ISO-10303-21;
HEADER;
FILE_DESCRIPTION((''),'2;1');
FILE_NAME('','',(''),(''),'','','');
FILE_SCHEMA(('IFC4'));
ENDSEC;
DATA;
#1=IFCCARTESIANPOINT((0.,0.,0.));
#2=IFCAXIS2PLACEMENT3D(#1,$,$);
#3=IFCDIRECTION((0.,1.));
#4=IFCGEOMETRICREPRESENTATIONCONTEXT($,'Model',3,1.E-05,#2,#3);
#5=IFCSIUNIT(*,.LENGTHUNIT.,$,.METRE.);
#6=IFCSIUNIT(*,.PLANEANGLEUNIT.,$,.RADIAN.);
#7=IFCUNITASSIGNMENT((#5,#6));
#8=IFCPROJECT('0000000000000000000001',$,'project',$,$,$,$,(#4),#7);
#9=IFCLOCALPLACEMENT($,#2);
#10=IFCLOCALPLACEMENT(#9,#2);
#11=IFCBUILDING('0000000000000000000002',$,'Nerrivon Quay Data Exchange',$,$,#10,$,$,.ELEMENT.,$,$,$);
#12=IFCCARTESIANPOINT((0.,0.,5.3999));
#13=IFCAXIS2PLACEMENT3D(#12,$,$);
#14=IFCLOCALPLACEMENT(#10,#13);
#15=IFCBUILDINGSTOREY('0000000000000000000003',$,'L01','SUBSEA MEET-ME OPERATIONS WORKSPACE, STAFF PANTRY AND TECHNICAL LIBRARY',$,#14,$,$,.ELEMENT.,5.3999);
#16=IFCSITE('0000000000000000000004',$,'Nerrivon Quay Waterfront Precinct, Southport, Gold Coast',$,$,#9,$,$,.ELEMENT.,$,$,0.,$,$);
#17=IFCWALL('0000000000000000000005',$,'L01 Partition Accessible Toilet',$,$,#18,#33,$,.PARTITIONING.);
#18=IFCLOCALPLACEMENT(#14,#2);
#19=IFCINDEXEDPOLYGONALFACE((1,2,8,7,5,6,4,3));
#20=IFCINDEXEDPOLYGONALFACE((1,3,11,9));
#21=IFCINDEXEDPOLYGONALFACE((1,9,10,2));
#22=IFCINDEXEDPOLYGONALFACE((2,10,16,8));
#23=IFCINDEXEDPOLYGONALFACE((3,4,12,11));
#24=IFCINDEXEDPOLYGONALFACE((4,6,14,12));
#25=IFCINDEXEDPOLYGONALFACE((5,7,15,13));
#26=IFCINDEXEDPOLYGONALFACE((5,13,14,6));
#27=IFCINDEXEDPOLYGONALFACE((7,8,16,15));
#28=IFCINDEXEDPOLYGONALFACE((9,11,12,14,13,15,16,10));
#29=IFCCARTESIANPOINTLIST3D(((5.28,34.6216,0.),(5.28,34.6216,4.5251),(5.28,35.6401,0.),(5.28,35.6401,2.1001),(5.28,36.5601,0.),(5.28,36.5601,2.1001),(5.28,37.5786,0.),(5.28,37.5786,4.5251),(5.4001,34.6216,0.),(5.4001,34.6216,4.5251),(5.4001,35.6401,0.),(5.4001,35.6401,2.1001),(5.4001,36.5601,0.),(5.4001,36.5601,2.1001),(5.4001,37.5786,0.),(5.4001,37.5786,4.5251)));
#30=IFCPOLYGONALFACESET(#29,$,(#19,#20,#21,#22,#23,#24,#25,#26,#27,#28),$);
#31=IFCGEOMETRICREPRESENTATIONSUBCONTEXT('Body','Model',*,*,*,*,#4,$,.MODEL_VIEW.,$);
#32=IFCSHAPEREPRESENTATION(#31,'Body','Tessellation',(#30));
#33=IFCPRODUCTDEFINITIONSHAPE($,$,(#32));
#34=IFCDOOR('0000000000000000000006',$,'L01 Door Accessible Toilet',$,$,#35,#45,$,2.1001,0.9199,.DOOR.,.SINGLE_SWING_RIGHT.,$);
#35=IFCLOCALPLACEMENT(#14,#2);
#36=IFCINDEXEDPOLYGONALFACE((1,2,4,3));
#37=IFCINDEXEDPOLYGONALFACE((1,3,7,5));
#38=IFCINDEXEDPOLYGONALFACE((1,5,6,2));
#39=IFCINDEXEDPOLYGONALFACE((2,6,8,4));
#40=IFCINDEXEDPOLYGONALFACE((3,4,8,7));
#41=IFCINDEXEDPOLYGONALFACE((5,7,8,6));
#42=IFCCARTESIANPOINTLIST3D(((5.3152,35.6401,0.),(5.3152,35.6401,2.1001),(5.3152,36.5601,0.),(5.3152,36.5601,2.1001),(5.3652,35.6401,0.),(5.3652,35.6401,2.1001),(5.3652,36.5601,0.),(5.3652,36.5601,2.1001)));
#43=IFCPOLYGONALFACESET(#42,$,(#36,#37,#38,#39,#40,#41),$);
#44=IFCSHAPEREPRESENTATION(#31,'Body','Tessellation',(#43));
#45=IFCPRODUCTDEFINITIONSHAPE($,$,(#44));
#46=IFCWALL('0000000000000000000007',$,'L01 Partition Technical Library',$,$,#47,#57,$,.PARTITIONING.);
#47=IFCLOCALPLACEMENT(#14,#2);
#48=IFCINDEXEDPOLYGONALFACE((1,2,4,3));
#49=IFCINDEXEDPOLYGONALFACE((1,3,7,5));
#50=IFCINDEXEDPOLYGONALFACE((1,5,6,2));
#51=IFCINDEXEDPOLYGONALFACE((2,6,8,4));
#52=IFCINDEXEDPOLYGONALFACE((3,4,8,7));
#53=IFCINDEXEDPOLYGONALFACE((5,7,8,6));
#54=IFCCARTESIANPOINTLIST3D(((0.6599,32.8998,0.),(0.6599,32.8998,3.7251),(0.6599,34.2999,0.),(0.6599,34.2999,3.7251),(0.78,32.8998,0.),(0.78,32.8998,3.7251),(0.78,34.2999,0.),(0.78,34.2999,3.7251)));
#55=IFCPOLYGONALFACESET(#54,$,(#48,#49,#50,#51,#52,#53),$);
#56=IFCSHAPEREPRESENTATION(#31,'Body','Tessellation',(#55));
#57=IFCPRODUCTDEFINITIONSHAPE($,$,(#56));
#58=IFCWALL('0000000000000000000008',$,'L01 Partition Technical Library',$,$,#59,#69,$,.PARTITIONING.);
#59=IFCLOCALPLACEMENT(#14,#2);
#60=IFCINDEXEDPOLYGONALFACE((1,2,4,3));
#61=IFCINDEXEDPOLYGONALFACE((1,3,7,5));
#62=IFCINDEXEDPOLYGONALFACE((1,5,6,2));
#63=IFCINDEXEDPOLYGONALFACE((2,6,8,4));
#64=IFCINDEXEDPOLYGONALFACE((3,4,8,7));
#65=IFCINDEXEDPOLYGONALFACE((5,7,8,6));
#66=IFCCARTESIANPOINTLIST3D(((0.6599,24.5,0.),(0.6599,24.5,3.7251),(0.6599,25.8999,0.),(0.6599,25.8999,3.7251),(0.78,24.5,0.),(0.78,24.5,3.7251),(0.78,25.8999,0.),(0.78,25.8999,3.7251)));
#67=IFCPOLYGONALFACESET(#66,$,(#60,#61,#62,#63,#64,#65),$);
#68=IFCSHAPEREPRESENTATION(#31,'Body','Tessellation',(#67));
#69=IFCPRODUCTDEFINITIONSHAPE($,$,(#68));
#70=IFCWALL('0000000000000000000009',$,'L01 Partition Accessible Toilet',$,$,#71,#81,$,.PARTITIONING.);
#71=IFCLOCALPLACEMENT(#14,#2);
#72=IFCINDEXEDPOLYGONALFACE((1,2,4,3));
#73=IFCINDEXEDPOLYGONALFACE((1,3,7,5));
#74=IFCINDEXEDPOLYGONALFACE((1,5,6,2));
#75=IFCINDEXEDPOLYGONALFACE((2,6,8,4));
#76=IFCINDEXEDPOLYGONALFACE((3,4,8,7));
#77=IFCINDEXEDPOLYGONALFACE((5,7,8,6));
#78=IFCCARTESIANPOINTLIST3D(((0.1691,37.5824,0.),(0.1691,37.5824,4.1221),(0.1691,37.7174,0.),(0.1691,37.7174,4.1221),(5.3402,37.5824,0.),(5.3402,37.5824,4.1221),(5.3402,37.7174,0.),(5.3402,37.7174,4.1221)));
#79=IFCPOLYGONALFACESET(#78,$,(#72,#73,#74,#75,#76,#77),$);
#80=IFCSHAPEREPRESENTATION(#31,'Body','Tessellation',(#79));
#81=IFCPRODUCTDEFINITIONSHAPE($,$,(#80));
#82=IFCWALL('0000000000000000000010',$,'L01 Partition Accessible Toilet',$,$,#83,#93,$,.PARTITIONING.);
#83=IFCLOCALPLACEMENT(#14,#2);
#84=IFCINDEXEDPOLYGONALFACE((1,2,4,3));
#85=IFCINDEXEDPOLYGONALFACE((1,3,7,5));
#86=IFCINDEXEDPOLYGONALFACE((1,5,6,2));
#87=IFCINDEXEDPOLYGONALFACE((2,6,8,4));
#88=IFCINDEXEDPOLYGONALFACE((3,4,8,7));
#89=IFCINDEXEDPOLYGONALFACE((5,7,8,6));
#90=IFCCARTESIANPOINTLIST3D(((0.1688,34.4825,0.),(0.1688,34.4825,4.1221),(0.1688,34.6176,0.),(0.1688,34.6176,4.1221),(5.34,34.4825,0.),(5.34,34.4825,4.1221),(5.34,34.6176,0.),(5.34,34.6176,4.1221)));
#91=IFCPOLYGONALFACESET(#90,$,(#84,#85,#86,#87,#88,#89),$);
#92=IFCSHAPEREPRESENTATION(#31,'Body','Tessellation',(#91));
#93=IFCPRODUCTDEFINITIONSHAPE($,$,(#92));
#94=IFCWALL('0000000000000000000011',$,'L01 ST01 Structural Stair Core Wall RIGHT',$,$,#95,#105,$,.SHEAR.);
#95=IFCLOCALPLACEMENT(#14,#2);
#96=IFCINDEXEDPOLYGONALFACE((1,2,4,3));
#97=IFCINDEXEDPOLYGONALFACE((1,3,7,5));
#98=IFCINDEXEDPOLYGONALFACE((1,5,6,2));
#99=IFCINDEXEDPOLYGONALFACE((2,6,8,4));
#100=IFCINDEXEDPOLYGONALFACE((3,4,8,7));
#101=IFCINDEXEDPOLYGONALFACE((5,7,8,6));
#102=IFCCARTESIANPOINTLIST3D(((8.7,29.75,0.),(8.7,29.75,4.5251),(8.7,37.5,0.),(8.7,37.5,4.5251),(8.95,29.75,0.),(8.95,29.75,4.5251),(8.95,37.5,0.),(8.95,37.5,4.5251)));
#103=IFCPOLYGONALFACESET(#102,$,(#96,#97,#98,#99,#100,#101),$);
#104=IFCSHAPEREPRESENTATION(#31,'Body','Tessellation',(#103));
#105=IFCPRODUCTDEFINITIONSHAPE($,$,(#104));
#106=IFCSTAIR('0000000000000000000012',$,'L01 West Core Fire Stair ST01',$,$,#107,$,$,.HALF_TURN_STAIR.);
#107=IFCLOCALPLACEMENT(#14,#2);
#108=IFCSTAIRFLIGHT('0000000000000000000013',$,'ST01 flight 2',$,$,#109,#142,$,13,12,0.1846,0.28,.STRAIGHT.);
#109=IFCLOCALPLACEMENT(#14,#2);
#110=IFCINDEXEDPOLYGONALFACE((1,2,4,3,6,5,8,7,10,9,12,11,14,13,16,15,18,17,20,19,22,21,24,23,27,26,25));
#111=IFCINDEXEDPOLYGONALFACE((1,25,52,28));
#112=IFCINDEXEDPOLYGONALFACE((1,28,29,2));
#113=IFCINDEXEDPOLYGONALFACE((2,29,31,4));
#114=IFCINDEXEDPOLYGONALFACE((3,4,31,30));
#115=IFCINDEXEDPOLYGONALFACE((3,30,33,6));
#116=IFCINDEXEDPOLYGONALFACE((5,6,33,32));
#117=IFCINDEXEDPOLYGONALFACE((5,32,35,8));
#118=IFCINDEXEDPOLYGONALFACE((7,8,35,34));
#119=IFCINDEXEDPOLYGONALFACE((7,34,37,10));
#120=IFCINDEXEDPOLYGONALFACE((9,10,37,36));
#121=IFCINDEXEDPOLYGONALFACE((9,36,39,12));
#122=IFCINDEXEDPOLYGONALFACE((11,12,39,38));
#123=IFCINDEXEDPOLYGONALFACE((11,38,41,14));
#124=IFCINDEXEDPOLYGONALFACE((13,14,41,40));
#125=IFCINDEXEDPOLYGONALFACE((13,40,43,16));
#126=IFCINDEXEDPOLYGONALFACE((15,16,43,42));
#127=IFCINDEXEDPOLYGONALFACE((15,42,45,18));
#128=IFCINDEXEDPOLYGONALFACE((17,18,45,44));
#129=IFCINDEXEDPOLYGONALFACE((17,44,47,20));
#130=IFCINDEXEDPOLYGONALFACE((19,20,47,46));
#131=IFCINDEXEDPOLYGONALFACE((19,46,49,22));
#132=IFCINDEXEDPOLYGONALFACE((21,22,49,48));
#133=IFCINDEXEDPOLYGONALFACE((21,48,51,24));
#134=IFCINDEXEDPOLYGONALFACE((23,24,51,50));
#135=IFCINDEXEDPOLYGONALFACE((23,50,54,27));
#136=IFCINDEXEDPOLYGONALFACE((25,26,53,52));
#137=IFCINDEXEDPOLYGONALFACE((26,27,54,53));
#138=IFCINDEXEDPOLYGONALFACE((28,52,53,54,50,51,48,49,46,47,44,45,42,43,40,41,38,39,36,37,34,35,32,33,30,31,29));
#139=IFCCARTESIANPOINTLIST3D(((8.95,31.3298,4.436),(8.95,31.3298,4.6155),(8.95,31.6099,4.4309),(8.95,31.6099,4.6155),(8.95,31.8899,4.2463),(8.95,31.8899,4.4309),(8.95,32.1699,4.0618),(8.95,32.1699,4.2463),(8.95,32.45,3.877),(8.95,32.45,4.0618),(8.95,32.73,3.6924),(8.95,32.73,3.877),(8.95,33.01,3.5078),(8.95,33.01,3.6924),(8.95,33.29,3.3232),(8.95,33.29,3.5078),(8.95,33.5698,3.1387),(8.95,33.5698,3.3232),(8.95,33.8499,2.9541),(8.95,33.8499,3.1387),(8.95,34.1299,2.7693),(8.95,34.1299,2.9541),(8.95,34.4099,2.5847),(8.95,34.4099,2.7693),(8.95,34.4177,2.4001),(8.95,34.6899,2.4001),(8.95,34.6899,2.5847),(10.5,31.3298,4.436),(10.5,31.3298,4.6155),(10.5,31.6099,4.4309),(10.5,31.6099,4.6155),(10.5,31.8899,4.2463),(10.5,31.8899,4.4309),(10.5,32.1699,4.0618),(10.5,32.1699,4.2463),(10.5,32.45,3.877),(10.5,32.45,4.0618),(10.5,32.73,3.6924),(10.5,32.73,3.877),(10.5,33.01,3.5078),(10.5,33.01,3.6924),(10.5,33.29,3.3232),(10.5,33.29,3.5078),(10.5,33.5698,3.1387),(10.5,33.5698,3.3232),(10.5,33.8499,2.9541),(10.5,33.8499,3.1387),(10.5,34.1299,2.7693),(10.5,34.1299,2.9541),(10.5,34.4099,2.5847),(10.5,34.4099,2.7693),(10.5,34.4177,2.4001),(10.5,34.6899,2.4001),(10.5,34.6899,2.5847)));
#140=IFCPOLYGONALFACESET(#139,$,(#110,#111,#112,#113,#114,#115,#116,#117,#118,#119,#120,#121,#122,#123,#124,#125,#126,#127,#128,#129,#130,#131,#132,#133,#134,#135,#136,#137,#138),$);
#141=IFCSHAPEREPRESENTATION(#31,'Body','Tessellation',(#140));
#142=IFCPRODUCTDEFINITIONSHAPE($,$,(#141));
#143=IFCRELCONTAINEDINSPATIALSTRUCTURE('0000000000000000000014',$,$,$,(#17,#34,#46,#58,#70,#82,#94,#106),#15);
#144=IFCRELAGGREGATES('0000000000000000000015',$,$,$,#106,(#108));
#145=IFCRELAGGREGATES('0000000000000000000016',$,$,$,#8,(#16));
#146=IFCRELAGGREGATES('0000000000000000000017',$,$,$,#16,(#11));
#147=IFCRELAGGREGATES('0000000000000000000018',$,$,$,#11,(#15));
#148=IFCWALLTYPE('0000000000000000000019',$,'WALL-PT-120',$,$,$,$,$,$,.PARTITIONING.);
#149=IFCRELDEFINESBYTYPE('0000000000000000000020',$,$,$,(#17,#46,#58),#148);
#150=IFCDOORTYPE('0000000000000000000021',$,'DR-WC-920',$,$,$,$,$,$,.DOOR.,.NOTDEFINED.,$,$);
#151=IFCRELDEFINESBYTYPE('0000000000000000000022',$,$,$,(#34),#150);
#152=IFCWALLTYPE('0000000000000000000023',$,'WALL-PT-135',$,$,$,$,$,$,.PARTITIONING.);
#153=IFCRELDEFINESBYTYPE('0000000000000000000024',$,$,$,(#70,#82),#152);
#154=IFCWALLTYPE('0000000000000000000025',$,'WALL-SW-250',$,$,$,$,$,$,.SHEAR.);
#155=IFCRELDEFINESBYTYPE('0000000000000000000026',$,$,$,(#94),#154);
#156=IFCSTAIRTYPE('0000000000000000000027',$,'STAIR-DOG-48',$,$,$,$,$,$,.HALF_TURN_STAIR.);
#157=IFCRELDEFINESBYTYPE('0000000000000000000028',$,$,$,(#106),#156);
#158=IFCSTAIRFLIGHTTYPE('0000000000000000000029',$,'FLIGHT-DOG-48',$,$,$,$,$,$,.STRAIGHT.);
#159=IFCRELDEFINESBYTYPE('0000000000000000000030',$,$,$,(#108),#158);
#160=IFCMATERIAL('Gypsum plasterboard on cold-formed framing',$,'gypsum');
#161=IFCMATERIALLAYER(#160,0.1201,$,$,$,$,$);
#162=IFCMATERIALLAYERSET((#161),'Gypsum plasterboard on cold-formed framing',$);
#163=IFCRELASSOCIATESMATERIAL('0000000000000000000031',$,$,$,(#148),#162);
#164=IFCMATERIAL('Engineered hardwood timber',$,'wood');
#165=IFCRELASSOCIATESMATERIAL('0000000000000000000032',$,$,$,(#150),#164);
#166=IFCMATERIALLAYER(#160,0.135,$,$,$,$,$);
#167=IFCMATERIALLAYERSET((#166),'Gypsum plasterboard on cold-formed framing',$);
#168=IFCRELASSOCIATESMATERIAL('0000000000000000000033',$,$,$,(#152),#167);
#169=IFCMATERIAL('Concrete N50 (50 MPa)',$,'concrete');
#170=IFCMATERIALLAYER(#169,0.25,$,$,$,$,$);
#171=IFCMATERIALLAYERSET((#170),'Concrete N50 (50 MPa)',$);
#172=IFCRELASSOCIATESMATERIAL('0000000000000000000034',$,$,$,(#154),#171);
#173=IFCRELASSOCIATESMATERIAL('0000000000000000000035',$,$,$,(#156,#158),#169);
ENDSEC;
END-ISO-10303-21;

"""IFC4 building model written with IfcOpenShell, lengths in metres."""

from ifc_helpers import new_model, si_unit, direction, frame, frame_2d, origin, place, context, subcontext, project, spatial, polyline, rectangle, outline, extrude, material, layer, layer_set, type_object, element, fill, aggregate, save


model = new_model("IFC4")

# Units and contexts
model_context = context("Model", 3, precision=1e-05, world=origin(), true_north=direction((0.0, 1.0)))
body_context = subcontext(model_context, "Body", "Model", "MODEL_VIEW")
ifc_project = project(units=[si_unit("LENGTHUNIT", "METRE"), si_unit("PLANEANGLEUNIT", "RADIAN")], contexts=[model_context])

# Site, building, storey
site_placement = place(None, origin())
site = spatial("IfcSite", under=ifc_project, at=site_placement, Name="Nerrivon Quay Waterfront Precinct, Southport, Gold Coast", CompositionType="ELEMENT", RefElevation=0.0)
building_placement = place(site_placement, origin())
building = spatial("IfcBuilding", under=site, at=building_placement, Name="Nerrivon Quay Data Exchange", CompositionType="ELEMENT")
storey_placement = place(building_placement, frame((0.0, 0.0, 5.3999)))
storey = spatial("IfcBuildingStorey", under=building, at=storey_placement, Name="L01", Description="SUBSEA MEET-ME OPERATIONS WORKSPACE, STAFF PANTRY AND TECHNICAL LIBRARY", CompositionType="ELEMENT", Elevation=5.3999)

# Shared definitions
ifc_material_1 = material(Name="Gypsum plasterboard on cold-formed framing", Category="gypsum")

# Wall, opening, door
ifc_layer_1 = layer(ifc_material_1, 0.1201)
ifc_layer_set_1 = layer_set([ifc_layer_1], Name="Gypsum plasterboard on cold-formed framing")
wall_type_1 = type_object("IfcWallType", Name="WALL-PT-120", PredefinedType="PARTITIONING", material=ifc_layer_set_1)
wall_1_placement = place(storey_placement, frame((5.3401, 34.6216, 0.0), z_axis=(0.0, 0.0, 1.0), x_axis=(0.0, 1.0, 0.0)))
wall_1 = element("IfcWall", 1, at=wall_1_placement, inside=storey, type_object=wall_type_1, Name="L01 Partition Accessible Toilet", PredefinedType="PARTITIONING", context=body_context, shape_type="SweptSolid", body=[
    extrude(rectangle(XDim=2.957, YDim=0.1201, at=frame_2d((1.4785, 0.0))), origin(), (0.0, 0.0, 1.0), 4.5251),
])
opening_placement = place(wall_1_placement, frame((1.0186, 0.0, 0.0)))
opening = element("IfcOpeningElement", 2, at=opening_placement, cuts=wall_1, PredefinedType="OPENING", context=body_context, shape_type="SweptSolid", body=[
    extrude(rectangle(XDim=0.9199, YDim=2.1001, at=frame_2d((0.46, 1.05))), frame((0.0, 0.0701, 0.0), z_axis=(0.0, -1.0, 0.0), x_axis=(1.0, 0.0, 0.0)), (0.0, 0.0, 1.0), 0.1401),
])
ifc_material_2 = material(Name="Engineered hardwood timber", Category="wood")
door_type = type_object("IfcDoorType", Name="DR-WC-920", OperationType="NOTDEFINED", PredefinedType="DOOR", material=ifc_material_2)
door_placement = place(opening_placement, origin())
door = element("IfcDoor", 3, at=door_placement, inside=storey, type_object=door_type, Name="L01 Door Accessible Toilet", OperationType="SINGLE_SWING_RIGHT", OverallHeight=2.1001, OverallWidth=0.9199, PredefinedType="DOOR", context=body_context, shape_type="SweptSolid", body=[
    extrude(rectangle(XDim=0.9199, YDim=2.1001, at=frame_2d((0.46, 1.05))), frame((0.0, 0.0249, 0.0), z_axis=(0.0, -1.0, 0.0), x_axis=(1.0, 0.0, 0.0)), (0.0, 0.0, 1.0), 0.05),
])
fill(opening, door)

# Walls
wall_2_placement = place(storey_placement, frame((0.72, 34.3, 0.0), z_axis=(0.0, 0.0, 1.0), x_axis=(0.0, -1.0, 0.0)))
element("IfcWall", 4, at=wall_2_placement, inside=storey, type_object=wall_type_1, Name="L01 Partition Technical Library", PredefinedType="PARTITIONING", context=body_context, shape_type="SweptSolid", body=[
    extrude(rectangle(XDim=1.4001, YDim=0.1201, at=frame_2d((0.7002, 0.0))), origin(), (0.0, 0.0, 1.0), 3.7251),
])
wall_3_placement = place(storey_placement, frame((0.72, 25.8999, 0.0), z_axis=(0.0, 0.0, 1.0), x_axis=(0.0, -1.0, 0.0)))
element("IfcWall", 5, at=wall_3_placement, inside=storey, type_object=wall_type_1, Name="L01 Partition Technical Library", PredefinedType="PARTITIONING", context=body_context, shape_type="SweptSolid", body=[
    extrude(rectangle(XDim=1.3999, YDim=0.1201, at=frame_2d((0.7, 0.0))), origin(), (0.0, 0.0, 1.0), 3.7251),
])
ifc_layer_2 = layer(ifc_material_1, 0.135)
ifc_layer_set_2 = layer_set([ifc_layer_2], Name="Gypsum plasterboard on cold-formed framing")
wall_type_2 = type_object("IfcWallType", Name="WALL-PT-135", PredefinedType="PARTITIONING", material=ifc_layer_set_2)
for number, where, z_axis, x_axis, name in (
    (6, (5.3401, 37.6499, 0.0), (0.0, 0.0, 1.0), (-1.0, 0.0, 0.0), "L01 Partition Accessible Toilet"),
    (7, (0.1689, 34.55, 0.0), (0.0, 0.0, 1.0), (1.0, 0.0, 0.0), "L01 Partition Accessible Toilet"),
):
    element("IfcWall", number, at=place(storey_placement, frame(where, z_axis=z_axis, x_axis=x_axis)), inside=storey, type_object=wall_type_2, Name=name, PredefinedType="PARTITIONING", context=body_context, shape_type="SweptSolid", body=[
        extrude(rectangle(XDim=5.1711, YDim=0.135, at=frame_2d((2.5854, 0.0))), origin(), (0.0, 0.0, 1.0), 4.1221),
    ])
ifc_material_3 = material(Name="Concrete N50 (50 MPa)", Category="concrete")
ifc_layer_3 = layer(ifc_material_3, 0.25)
ifc_layer_set_3 = layer_set([ifc_layer_3], Name="Concrete N50 (50 MPa)")
wall_type_3 = type_object("IfcWallType", Name="WALL-SW-250", PredefinedType="SHEAR", material=ifc_layer_set_3)
wall_4_placement = place(storey_placement, frame((8.825, 29.75, 0.0), z_axis=(0.0, 0.0, 1.0), x_axis=(0.0, 1.0, 0.0)))
element("IfcWall", 8, at=wall_4_placement, inside=storey, type_object=wall_type_3, Name="L01 ST01 Structural Stair Core Wall RIGHT", PredefinedType="SHEAR", context=body_context, shape_type="SweptSolid", body=[
    extrude(rectangle(XDim=7.75, YDim=0.25, at=frame_2d((3.875, 0.0))), origin(), (0.0, 0.0, 1.0), 4.5251),
])

# Stair, stair flight
stair_type = type_object("IfcStairType", Name="STAIR-DOG-48", PredefinedType="HALF_TURN_STAIR", material=ifc_material_3)
stair_placement = place(storey_placement, origin())
stair = element("IfcStair", 9, at=stair_placement, inside=storey, type_object=stair_type, Name="L01 West Core Fire Stair ST01", PredefinedType="HALF_TURN_STAIR")
stair_flight_type = type_object("IfcStairFlightType", Name="FLIGHT-DOG-48", PredefinedType="STRAIGHT", material=ifc_material_3)
stair_flight_placement = place(storey_placement, frame((9.7251, 34.6899, 2.4001), z_axis=(0.0, 0.0, 1.0), x_axis=(0.0, -1.0, 0.0)))
stair_flight = element("IfcStairFlight", 10, at=stair_flight_placement, type_object=stair_flight_type, Name="ST01 flight 2", NumberOfRisers=13, NumberOfTreads=12, PredefinedType="STRAIGHT", RiserHeight=0.1846, TreadLength=0.28, context=body_context, shape_type="SweptSolid", body=[
    extrude(outline(polyline([(0.0, 0.0), (0.0, 0.1846), (0.28, 0.1846), (0.28, 0.3691), (0.5601, 0.3691), (0.5601, 0.554), (0.8401, 0.554), (0.8401, 0.7385), (1.1201, 0.7385), (1.1201, 0.9231), (1.3999, 0.9231), (1.3999, 1.1077), (1.6799, 1.1077), (1.6799, 1.2922), (1.96, 1.2922), (1.96, 1.4768), (2.24, 1.4768), (2.24, 1.6616), (2.52, 1.6616), (2.52, 1.8462), (2.8, 1.8462), (2.8, 2.0308), (3.0801, 2.0308), (3.0801, 2.2153), (3.3601, 2.2153), (3.3601, 2.3999), (3.3601, 2.0359), (0.2722, 0.0), (0.0, 0.0)])), frame((0.0, 0.7749, 0.0), z_axis=(0.0, -1.0, 0.0), x_axis=(1.0, 0.0, 0.0)), (0.0, 0.0, 1.0), 1.55),
])
aggregate(stair, [stair_flight])

save(model, "model.ifc")
